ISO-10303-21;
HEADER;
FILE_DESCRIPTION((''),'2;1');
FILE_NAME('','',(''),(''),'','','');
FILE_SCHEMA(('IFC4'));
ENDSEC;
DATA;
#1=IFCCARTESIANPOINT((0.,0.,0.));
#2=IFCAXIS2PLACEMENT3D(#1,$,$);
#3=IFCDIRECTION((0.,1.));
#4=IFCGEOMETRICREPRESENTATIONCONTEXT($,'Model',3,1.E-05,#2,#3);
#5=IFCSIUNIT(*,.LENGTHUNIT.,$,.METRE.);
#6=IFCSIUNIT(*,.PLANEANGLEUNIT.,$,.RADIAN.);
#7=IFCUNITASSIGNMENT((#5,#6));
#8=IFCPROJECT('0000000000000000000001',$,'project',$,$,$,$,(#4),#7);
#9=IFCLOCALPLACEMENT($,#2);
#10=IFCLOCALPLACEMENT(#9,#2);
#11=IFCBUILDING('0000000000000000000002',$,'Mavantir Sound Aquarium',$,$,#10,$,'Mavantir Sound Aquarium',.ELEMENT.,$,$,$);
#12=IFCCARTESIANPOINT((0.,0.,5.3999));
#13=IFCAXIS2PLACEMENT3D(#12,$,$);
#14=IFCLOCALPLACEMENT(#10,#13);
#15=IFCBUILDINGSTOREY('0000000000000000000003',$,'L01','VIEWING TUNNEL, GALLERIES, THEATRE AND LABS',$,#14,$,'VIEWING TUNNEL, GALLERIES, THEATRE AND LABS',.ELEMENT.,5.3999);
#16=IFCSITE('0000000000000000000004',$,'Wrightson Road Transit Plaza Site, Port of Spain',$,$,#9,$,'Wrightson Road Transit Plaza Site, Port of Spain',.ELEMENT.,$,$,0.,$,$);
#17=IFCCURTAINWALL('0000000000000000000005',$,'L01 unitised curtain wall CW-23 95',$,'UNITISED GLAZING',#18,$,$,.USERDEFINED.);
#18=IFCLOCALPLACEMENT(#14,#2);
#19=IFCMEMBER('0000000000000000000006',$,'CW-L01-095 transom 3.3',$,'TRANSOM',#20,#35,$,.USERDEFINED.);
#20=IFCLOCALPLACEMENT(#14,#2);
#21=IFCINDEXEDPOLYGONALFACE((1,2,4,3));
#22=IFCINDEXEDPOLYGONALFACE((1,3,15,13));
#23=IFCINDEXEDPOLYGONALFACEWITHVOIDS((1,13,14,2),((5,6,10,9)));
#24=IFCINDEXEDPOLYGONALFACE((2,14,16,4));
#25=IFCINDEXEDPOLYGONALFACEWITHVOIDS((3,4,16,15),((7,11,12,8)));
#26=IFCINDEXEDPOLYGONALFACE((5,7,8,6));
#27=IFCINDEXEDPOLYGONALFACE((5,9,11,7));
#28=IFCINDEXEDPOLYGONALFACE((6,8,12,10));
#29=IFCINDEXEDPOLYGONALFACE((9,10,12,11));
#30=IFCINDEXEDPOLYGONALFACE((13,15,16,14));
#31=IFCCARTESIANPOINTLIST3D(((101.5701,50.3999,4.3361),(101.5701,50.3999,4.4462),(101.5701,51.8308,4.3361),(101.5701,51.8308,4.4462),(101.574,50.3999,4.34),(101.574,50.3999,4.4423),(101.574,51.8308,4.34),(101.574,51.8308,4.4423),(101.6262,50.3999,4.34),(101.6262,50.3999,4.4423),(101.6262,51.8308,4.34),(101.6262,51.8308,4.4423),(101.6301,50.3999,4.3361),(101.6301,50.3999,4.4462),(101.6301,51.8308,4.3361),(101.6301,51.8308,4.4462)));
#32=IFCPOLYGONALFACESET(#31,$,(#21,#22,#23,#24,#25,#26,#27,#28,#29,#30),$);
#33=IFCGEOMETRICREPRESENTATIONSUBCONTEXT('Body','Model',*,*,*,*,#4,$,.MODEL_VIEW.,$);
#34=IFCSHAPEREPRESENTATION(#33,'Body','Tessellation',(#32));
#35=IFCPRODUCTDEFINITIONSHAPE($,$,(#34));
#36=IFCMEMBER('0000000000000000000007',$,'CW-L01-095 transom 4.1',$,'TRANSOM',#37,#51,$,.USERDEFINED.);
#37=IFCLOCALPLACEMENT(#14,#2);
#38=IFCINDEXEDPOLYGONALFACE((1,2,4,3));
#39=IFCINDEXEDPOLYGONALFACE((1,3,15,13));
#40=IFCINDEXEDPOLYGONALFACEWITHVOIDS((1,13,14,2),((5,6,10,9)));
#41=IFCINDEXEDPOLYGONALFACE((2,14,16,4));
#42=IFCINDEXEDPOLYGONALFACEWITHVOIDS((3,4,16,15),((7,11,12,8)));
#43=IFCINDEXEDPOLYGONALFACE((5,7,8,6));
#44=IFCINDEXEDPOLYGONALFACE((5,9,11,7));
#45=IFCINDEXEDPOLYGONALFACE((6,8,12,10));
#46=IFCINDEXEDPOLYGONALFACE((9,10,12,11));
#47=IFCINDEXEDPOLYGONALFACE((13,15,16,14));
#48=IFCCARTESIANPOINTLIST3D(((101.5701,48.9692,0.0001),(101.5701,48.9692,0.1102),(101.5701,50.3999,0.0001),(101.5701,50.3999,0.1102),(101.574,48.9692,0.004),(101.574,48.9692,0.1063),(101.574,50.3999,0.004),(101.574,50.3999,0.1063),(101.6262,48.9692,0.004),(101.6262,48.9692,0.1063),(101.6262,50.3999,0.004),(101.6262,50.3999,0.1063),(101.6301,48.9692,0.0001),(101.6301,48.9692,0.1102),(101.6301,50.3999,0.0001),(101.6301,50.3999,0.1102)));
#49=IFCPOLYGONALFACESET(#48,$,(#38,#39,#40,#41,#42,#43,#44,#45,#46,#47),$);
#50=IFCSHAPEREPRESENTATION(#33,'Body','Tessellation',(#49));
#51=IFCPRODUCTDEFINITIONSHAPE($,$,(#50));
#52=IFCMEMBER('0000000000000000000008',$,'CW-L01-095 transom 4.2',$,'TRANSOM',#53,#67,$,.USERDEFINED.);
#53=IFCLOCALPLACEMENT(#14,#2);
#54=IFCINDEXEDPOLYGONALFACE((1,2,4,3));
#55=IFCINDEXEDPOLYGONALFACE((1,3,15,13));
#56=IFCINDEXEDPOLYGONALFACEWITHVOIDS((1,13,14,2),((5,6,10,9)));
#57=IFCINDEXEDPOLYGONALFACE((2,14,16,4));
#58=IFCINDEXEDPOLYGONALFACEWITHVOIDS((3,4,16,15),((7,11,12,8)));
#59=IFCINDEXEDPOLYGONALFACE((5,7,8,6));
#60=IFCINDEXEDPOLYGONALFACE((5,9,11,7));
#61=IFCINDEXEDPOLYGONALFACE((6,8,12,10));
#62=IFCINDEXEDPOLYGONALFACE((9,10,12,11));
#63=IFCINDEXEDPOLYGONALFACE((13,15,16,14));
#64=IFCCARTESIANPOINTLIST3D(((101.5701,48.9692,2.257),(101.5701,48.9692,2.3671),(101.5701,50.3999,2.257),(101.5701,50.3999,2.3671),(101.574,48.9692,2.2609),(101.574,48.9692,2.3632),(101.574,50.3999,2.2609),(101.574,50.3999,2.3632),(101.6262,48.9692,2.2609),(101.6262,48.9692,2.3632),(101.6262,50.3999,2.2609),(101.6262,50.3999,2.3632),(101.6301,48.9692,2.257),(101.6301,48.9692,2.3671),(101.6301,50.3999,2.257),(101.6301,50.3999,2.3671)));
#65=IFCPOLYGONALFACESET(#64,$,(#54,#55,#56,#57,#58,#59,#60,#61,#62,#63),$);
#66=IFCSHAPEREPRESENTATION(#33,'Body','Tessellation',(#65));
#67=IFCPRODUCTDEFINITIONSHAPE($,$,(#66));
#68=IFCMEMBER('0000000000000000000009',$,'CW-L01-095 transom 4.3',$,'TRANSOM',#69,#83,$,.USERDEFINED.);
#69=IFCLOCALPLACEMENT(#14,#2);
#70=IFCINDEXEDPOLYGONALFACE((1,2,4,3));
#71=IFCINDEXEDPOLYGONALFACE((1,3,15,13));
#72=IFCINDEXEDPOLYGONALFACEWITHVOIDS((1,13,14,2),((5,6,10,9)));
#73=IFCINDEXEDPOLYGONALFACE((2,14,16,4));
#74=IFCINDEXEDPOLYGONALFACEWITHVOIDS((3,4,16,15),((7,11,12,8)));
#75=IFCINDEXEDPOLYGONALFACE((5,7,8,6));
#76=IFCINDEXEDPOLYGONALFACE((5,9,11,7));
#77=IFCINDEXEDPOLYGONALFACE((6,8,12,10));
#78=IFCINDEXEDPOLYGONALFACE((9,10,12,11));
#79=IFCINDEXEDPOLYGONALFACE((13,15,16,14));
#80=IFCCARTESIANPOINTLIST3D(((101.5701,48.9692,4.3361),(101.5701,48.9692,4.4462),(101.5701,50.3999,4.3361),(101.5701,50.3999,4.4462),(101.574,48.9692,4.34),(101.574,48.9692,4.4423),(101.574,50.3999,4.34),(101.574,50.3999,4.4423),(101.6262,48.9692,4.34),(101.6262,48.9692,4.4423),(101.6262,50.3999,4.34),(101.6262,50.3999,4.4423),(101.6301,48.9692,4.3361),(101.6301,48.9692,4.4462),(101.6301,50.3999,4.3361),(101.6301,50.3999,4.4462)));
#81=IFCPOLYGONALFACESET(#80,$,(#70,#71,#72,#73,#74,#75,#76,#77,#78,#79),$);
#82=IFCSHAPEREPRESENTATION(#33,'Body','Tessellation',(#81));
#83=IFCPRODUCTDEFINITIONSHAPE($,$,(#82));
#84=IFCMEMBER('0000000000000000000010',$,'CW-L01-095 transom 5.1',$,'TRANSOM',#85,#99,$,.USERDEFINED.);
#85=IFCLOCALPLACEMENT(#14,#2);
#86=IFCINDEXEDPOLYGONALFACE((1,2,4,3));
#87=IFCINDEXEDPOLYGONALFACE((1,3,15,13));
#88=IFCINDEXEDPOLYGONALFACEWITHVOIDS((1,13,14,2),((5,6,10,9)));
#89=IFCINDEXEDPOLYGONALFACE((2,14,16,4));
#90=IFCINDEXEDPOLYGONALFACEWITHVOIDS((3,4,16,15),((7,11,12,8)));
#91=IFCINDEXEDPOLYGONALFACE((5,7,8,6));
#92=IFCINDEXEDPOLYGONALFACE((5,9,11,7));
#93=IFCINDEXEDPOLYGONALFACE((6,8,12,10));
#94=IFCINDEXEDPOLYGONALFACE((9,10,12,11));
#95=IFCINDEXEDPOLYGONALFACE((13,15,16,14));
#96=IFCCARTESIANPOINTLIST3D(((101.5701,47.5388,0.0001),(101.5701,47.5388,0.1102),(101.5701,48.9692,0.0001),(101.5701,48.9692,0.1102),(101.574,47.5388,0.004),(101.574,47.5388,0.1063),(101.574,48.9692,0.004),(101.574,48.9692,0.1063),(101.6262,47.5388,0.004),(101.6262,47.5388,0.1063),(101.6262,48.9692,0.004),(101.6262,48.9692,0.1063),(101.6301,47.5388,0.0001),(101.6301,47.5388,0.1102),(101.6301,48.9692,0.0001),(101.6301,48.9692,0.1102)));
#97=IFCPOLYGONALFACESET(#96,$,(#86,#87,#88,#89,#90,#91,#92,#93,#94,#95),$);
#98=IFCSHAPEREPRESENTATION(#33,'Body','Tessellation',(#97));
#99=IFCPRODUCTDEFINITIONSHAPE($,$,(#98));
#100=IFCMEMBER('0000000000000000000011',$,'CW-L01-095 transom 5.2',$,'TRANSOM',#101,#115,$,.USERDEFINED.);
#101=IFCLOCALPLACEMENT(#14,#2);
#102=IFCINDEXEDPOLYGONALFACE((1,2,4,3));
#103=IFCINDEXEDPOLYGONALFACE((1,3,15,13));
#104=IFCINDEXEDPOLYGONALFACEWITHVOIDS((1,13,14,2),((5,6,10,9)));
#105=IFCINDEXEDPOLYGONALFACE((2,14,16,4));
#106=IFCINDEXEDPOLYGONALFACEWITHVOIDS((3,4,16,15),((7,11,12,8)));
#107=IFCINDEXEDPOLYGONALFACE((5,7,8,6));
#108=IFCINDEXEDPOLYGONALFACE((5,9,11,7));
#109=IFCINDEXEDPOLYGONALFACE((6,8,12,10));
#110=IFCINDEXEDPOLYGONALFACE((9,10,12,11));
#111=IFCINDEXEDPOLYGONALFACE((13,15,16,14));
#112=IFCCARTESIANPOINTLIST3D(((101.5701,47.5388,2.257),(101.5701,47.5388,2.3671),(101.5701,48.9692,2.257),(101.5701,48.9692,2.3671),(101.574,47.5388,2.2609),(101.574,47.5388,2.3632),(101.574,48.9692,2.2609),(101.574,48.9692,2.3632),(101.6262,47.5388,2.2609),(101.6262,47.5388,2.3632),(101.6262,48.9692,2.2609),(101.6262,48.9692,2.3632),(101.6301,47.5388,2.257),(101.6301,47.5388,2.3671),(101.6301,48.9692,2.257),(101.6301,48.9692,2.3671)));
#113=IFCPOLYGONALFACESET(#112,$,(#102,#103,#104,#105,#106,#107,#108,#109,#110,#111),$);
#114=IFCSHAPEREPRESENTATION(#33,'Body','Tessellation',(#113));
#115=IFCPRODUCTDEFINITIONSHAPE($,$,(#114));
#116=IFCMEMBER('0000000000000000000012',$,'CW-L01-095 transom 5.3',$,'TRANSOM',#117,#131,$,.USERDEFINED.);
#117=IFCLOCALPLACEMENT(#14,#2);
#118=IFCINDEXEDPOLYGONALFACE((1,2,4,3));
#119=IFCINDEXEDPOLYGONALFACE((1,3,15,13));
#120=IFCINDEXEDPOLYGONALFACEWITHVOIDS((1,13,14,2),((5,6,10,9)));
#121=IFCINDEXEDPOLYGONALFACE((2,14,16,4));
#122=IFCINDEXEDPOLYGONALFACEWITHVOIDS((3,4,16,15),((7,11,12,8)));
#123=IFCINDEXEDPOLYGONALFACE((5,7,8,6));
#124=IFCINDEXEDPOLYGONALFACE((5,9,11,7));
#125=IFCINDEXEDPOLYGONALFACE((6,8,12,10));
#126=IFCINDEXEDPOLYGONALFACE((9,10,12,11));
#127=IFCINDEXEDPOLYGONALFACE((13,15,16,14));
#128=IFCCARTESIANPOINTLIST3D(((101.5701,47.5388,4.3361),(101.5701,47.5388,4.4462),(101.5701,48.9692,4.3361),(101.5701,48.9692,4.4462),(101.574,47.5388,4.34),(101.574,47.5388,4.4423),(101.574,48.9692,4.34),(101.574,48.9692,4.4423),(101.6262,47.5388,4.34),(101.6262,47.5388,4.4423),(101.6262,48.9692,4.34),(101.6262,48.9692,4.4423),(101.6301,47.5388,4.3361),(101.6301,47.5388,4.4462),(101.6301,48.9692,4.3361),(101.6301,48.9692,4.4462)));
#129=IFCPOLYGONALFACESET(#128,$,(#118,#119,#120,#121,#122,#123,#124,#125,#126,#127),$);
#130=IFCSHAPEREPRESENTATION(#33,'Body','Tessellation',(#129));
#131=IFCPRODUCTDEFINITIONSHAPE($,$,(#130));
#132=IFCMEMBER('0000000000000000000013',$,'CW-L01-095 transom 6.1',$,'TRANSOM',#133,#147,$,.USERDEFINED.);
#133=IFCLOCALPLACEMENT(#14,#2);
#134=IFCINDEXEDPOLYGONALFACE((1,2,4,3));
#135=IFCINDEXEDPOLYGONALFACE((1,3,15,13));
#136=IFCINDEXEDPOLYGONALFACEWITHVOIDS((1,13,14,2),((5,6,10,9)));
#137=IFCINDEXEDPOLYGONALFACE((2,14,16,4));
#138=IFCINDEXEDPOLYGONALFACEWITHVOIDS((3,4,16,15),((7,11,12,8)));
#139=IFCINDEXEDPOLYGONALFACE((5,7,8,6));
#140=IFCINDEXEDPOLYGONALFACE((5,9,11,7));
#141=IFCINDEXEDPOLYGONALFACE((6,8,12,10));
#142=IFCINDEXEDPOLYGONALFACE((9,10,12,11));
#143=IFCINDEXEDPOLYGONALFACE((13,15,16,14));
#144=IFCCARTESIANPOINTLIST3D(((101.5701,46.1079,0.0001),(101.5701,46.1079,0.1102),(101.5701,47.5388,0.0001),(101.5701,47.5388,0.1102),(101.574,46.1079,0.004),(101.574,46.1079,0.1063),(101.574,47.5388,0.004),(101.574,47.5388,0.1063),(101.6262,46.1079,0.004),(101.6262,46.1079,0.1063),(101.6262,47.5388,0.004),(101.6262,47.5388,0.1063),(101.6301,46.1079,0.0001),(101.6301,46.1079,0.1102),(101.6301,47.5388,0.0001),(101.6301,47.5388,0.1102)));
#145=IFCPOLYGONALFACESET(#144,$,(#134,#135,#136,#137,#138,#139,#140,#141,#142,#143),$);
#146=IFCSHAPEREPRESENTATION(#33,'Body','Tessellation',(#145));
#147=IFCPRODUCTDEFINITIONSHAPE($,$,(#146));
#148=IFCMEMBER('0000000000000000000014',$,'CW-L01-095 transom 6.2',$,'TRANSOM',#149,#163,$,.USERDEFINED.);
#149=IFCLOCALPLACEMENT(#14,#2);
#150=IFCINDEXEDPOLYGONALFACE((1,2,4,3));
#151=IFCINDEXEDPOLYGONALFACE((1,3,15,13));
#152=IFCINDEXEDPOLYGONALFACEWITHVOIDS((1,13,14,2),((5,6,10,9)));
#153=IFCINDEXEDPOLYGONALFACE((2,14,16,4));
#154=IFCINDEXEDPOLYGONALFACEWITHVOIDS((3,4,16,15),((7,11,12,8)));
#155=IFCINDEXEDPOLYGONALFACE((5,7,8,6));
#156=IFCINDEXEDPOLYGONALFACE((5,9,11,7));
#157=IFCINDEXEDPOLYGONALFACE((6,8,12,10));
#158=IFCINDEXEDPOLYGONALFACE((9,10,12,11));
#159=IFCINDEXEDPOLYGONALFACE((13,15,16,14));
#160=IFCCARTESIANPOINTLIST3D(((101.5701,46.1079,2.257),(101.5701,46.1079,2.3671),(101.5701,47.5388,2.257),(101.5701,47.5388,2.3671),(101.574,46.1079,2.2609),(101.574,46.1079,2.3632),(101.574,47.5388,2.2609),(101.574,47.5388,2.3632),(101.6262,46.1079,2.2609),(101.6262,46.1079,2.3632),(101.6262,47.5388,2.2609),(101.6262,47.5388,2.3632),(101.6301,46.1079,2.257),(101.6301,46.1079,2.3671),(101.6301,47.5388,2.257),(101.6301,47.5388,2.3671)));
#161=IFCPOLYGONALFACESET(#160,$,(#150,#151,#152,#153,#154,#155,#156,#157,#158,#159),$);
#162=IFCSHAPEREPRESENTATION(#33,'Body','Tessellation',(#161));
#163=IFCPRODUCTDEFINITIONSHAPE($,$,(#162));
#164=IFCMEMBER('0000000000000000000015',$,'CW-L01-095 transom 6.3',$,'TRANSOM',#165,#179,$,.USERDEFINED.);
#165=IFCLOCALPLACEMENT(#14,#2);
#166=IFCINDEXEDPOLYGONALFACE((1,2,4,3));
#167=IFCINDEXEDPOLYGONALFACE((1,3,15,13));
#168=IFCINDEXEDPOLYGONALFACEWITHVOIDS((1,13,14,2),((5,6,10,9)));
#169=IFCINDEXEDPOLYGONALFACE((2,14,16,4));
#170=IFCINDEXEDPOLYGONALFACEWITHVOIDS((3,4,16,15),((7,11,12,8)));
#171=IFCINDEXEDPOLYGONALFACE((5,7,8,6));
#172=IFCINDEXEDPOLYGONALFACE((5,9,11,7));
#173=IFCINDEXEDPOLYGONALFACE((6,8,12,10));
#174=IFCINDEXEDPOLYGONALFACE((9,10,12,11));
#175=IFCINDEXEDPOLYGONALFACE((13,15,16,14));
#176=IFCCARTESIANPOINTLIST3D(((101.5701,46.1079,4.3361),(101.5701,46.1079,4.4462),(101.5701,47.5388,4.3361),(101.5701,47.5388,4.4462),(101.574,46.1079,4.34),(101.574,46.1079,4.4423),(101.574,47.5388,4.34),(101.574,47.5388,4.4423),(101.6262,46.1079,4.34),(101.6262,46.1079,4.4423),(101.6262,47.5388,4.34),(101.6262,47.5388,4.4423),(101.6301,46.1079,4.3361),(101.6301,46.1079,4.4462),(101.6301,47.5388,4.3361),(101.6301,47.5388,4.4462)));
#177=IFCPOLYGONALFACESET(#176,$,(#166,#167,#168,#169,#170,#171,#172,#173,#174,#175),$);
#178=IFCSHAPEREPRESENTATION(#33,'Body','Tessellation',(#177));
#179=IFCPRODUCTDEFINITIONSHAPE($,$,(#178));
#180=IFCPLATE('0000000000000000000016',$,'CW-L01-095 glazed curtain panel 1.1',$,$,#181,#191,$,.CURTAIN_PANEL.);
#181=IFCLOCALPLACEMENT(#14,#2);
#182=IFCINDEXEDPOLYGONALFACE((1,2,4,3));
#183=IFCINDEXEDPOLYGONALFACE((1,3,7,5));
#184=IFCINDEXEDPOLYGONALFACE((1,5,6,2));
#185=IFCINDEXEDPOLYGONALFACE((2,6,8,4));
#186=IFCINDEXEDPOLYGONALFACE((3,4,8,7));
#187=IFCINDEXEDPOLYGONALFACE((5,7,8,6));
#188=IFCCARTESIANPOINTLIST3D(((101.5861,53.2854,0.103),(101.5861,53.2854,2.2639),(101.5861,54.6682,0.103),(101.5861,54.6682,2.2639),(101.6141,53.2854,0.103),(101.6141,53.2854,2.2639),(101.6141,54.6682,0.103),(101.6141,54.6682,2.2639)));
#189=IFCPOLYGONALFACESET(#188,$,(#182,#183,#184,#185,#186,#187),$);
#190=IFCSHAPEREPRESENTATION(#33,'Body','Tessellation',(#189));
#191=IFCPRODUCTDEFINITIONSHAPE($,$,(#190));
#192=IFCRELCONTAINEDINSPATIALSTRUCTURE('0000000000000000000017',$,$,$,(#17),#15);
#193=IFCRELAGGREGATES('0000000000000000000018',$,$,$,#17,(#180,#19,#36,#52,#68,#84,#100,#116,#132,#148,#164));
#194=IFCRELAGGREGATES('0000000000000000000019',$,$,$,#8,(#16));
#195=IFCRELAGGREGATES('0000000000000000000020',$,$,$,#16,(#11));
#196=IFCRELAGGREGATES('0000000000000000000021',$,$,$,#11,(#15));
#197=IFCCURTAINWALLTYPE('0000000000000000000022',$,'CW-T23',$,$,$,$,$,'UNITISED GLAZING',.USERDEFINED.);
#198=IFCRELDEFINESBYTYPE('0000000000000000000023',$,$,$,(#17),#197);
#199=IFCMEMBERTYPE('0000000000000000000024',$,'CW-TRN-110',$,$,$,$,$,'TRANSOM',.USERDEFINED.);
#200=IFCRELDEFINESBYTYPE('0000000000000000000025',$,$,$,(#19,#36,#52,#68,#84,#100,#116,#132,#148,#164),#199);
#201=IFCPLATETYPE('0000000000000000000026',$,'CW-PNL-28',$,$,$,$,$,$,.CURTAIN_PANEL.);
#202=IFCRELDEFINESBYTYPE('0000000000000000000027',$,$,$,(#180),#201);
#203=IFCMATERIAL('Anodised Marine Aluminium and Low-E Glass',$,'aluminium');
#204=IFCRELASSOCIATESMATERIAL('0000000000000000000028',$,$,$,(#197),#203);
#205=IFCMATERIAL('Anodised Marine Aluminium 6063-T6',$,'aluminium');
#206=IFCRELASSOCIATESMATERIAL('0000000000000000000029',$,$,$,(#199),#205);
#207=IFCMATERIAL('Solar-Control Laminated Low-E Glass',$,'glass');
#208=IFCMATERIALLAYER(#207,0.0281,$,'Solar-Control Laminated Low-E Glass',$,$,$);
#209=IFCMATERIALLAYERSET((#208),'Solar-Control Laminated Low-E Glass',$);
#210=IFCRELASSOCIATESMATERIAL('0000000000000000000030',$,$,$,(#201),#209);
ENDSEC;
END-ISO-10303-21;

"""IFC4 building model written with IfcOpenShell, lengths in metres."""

from ifc_helpers import new_model, si_unit, direction, frame, origin, origin_2d, place, context, subcontext, project, spatial, rectangle, hollow_rectangle, extrude, material, layer, layer_set, material_profile, profile_set, type_object, element, aggregate, save


model = new_model("IFC4")

# Units and contexts
model_context = context("Model", 3, precision=1e-05, world=origin(), true_north=direction((0.0, 1.0)))
body_context = subcontext(model_context, "Body", "Model", "MODEL_VIEW")
ifc_project = project(units=[si_unit("LENGTHUNIT", "METRE"), si_unit("PLANEANGLEUNIT", "RADIAN")], contexts=[model_context])

# Site, building, storey
site_placement = place(None, origin())
site = spatial("IfcSite", under=ifc_project, at=site_placement, Name="Wrightson Road Transit Plaza Site, Port of Spain", LongName="Wrightson Road Transit Plaza Site, Port of Spain", CompositionType="ELEMENT", RefElevation=0.0)
building_placement = place(site_placement, origin())
building = spatial("IfcBuilding", under=site, at=building_placement, Name="Mavantir Sound Aquarium", LongName="Mavantir Sound Aquarium", CompositionType="ELEMENT")
storey_placement = place(building_placement, frame((0.0, 0.0, 5.3999)))
storey = spatial("IfcBuildingStorey", under=building, at=storey_placement, Name="L01", Description="VIEWING TUNNEL, GALLERIES, THEATRE AND LABS", LongName="VIEWING TUNNEL, GALLERIES, THEATRE AND LABS", CompositionType="ELEMENT", Elevation=5.3999)

# Curtain wall, members, plate
ifc_material_1 = material(Name="Anodised Marine Aluminium and Low-E Glass", Category="aluminium")
curtain_wall_type = type_object("IfcCurtainWallType", Name="CW-T23", ElementType="UNITISED GLAZING", PredefinedType="USERDEFINED", material=ifc_material_1)
curtain_wall_placement = place(storey_placement, origin())
curtain_wall = element("IfcCurtainWall", 1, at=curtain_wall_placement, inside=storey, type_object=curtain_wall_type, Name="L01 unitised curtain wall CW-23 95", ObjectType="UNITISED GLAZING", PredefinedType="USERDEFINED")
ifc_material_2 = material(Name="Anodised Marine Aluminium 6063-T6", Category="aluminium")
ifc_material_profile_1 = material_profile(ifc_material_2, hollow_rectangle(XDim=0.0601, YDim=0.1101, WallThickness=0.0039, at=origin_2d()), Name="ALU-TRANSOM-110X60")
ifc_profile_set_1 = profile_set([ifc_material_profile_1], Name="Anodised Marine Aluminium 6063-T6")
member_type_1 = type_object("IfcMemberType", Name="CW-TRN-110", ElementType="TRANSOM", PredefinedType="USERDEFINED", material=ifc_profile_set_1)
member_1_placement = place(storey_placement, frame((101.6001, 51.8308, 4.3911), z_axis=(0.0, -1.0, 0.0), x_axis=(1.0, 0.0, 0.0)))
member_1 = element("IfcMember", 2, at=member_1_placement, type_object=member_type_1, Name="CW-L01-095 transom 3.3", ObjectType="TRANSOM", PredefinedType="USERDEFINED", context=body_context, shape_type="SweptSolid", body=[
    extrude(hollow_rectangle(XDim=0.0601, YDim=0.1101, WallThickness=0.0039, at=origin_2d()), origin(), (0.0, 0.0, 1.0), 1.4309),
])
member_2_placement = place(storey_placement, frame((101.6001, 50.3999, 0.0552), z_axis=(0.0, -1.0, 0.0), x_axis=(1.0, 0.0, 0.0)))
member_2 = element("IfcMember", 3, at=member_2_placement, type_object=member_type_1, Name="CW-L01-095 transom 4.1", ObjectType="TRANSOM", PredefinedType="USERDEFINED", context=body_context, shape_type="SweptSolid", body=[
    extrude(hollow_rectangle(XDim=0.0601, YDim=0.1101, WallThickness=0.0039, at=origin_2d()), origin(), (0.0, 0.0, 1.0), 1.4307),
])
member_3_placement = place(storey_placement, frame((101.6001, 50.3999, 2.312), z_axis=(0.0, -1.0, 0.0), x_axis=(1.0, 0.0, 0.0)))
member_3 = element("IfcMember", 4, at=member_3_placement, type_object=member_type_1, Name="CW-L01-095 transom 4.2", ObjectType="TRANSOM", PredefinedType="USERDEFINED", context=body_context, shape_type="SweptSolid", body=[
    extrude(hollow_rectangle(XDim=0.0601, YDim=0.1101, WallThickness=0.0039, at=origin_2d()), origin(), (0.0, 0.0, 1.0), 1.4307),
])
member_4_placement = place(storey_placement, frame((101.6001, 50.3999, 4.3911), z_axis=(0.0, -1.0, 0.0), x_axis=(1.0, 0.0, 0.0)))
member_4 = element("IfcMember", 5, at=member_4_placement, type_object=member_type_1, Name="CW-L01-095 transom 4.3", ObjectType="TRANSOM", PredefinedType="USERDEFINED", context=body_context, shape_type="SweptSolid", body=[
    extrude(hollow_rectangle(XDim=0.0601, YDim=0.1101, WallThickness=0.0039, at=origin_2d()), origin(), (0.0, 0.0, 1.0), 1.4307),
])
member_5_placement = place(storey_placement, frame((101.6001, 48.9692, 0.0552), z_axis=(0.0, -1.0, 0.0), x_axis=(1.0, 0.0, 0.0)))
member_5 = element("IfcMember", 6, at=member_5_placement, type_object=member_type_1, Name="CW-L01-095 transom 5.1", ObjectType="TRANSOM", PredefinedType="USERDEFINED", context=body_context, shape_type="SweptSolid", body=[
    extrude(hollow_rectangle(XDim=0.0601, YDim=0.1101, WallThickness=0.0039, at=origin_2d()), origin(), (0.0, 0.0, 1.0), 1.4304),
])
member_6_placement = place(storey_placement, frame((101.6001, 48.9692, 2.312), z_axis=(0.0, -1.0, 0.0), x_axis=(1.0, 0.0, 0.0)))
member_6 = element("IfcMember", 7, at=member_6_placement, type_object=member_type_1, Name="CW-L01-095 transom 5.2", ObjectType="TRANSOM", PredefinedType="USERDEFINED", context=body_context, shape_type="SweptSolid", body=[
    extrude(hollow_rectangle(XDim=0.0601, YDim=0.1101, WallThickness=0.0039, at=origin_2d()), origin(), (0.0, 0.0, 1.0), 1.4304),
])
member_7_placement = place(storey_placement, frame((101.6001, 48.9692, 4.3911), z_axis=(0.0, -1.0, 0.0), x_axis=(1.0, 0.0, 0.0)))
member_7 = element("IfcMember", 8, at=member_7_placement, type_object=member_type_1, Name="CW-L01-095 transom 5.3", ObjectType="TRANSOM", PredefinedType="USERDEFINED", context=body_context, shape_type="SweptSolid", body=[
    extrude(hollow_rectangle(XDim=0.0601, YDim=0.1101, WallThickness=0.0039, at=origin_2d()), origin(), (0.0, 0.0, 1.0), 1.4304),
])
member_8_placement = place(storey_placement, frame((101.6001, 47.5388, 0.0552), z_axis=(0.0, -1.0, 0.0), x_axis=(1.0, 0.0, 0.0)))
member_8 = element("IfcMember", 9, at=member_8_placement, type_object=member_type_1, Name="CW-L01-095 transom 6.1", ObjectType="TRANSOM", PredefinedType="USERDEFINED", context=body_context, shape_type="SweptSolid", body=[
    extrude(hollow_rectangle(XDim=0.0601, YDim=0.1101, WallThickness=0.0039, at=origin_2d()), origin(), (0.0, 0.0, 1.0), 1.4309),
])
member_9_placement = place(storey_placement, frame((101.6001, 47.5388, 2.312), z_axis=(0.0, -1.0, 0.0), x_axis=(1.0, 0.0, 0.0)))
member_9 = element("IfcMember", 10, at=member_9_placement, type_object=member_type_1, Name="CW-L01-095 transom 6.2", ObjectType="TRANSOM", PredefinedType="USERDEFINED", context=body_context, shape_type="SweptSolid", body=[
    extrude(hollow_rectangle(XDim=0.0601, YDim=0.1101, WallThickness=0.0039, at=origin_2d()), origin(), (0.0, 0.0, 1.0), 1.4309),
])
member_10_placement = place(storey_placement, frame((101.6001, 47.5388, 4.3911), z_axis=(0.0, -1.0, 0.0), x_axis=(1.0, 0.0, 0.0)))
member_10 = element("IfcMember", 11, at=member_10_placement, type_object=member_type_1, Name="CW-L01-095 transom 6.3", ObjectType="TRANSOM", PredefinedType="USERDEFINED", context=body_context, shape_type="SweptSolid", body=[
    extrude(hollow_rectangle(XDim=0.0601, YDim=0.1101, WallThickness=0.0039, at=origin_2d()), origin(), (0.0, 0.0, 1.0), 1.4309),
])
ifc_material_3 = material(Name="Solar-Control Laminated Low-E Glass", Category="glass")
ifc_layer = layer(ifc_material_3, 0.0281, Name="Solar-Control Laminated Low-E Glass")
ifc_layer_set = layer_set([ifc_layer], Name="Solar-Control Laminated Low-E Glass")
plate_type = type_object("IfcPlateType", Name="CW-PNL-28", PredefinedType="CURTAIN_PANEL", material=ifc_layer_set)
plate_1_placement = place(storey_placement, frame((101.6001, 53.9768, 0.103), z_axis=(0.0, 0.0, 1.0), x_axis=(0.0, -1.0, 0.0)))
plate_1 = element("IfcPlate", 12, at=plate_1_placement, type_object=plate_type, Name="CW-L01-095 glazed curtain panel 1.1", PredefinedType="CURTAIN_PANEL", context=body_context, shape_type="SweptSolid", body=[
    extrude(rectangle(XDim=1.3828, YDim=0.0281, at=origin_2d()), origin(), (0.0, 0.0, 1.0), 2.1609),
])
aggregate(curtain_wall, [plate_1, member_1, member_2, member_3, member_4, member_5, member_6, member_7, member_8, member_9, member_10])

save(model, "model.ifc")
